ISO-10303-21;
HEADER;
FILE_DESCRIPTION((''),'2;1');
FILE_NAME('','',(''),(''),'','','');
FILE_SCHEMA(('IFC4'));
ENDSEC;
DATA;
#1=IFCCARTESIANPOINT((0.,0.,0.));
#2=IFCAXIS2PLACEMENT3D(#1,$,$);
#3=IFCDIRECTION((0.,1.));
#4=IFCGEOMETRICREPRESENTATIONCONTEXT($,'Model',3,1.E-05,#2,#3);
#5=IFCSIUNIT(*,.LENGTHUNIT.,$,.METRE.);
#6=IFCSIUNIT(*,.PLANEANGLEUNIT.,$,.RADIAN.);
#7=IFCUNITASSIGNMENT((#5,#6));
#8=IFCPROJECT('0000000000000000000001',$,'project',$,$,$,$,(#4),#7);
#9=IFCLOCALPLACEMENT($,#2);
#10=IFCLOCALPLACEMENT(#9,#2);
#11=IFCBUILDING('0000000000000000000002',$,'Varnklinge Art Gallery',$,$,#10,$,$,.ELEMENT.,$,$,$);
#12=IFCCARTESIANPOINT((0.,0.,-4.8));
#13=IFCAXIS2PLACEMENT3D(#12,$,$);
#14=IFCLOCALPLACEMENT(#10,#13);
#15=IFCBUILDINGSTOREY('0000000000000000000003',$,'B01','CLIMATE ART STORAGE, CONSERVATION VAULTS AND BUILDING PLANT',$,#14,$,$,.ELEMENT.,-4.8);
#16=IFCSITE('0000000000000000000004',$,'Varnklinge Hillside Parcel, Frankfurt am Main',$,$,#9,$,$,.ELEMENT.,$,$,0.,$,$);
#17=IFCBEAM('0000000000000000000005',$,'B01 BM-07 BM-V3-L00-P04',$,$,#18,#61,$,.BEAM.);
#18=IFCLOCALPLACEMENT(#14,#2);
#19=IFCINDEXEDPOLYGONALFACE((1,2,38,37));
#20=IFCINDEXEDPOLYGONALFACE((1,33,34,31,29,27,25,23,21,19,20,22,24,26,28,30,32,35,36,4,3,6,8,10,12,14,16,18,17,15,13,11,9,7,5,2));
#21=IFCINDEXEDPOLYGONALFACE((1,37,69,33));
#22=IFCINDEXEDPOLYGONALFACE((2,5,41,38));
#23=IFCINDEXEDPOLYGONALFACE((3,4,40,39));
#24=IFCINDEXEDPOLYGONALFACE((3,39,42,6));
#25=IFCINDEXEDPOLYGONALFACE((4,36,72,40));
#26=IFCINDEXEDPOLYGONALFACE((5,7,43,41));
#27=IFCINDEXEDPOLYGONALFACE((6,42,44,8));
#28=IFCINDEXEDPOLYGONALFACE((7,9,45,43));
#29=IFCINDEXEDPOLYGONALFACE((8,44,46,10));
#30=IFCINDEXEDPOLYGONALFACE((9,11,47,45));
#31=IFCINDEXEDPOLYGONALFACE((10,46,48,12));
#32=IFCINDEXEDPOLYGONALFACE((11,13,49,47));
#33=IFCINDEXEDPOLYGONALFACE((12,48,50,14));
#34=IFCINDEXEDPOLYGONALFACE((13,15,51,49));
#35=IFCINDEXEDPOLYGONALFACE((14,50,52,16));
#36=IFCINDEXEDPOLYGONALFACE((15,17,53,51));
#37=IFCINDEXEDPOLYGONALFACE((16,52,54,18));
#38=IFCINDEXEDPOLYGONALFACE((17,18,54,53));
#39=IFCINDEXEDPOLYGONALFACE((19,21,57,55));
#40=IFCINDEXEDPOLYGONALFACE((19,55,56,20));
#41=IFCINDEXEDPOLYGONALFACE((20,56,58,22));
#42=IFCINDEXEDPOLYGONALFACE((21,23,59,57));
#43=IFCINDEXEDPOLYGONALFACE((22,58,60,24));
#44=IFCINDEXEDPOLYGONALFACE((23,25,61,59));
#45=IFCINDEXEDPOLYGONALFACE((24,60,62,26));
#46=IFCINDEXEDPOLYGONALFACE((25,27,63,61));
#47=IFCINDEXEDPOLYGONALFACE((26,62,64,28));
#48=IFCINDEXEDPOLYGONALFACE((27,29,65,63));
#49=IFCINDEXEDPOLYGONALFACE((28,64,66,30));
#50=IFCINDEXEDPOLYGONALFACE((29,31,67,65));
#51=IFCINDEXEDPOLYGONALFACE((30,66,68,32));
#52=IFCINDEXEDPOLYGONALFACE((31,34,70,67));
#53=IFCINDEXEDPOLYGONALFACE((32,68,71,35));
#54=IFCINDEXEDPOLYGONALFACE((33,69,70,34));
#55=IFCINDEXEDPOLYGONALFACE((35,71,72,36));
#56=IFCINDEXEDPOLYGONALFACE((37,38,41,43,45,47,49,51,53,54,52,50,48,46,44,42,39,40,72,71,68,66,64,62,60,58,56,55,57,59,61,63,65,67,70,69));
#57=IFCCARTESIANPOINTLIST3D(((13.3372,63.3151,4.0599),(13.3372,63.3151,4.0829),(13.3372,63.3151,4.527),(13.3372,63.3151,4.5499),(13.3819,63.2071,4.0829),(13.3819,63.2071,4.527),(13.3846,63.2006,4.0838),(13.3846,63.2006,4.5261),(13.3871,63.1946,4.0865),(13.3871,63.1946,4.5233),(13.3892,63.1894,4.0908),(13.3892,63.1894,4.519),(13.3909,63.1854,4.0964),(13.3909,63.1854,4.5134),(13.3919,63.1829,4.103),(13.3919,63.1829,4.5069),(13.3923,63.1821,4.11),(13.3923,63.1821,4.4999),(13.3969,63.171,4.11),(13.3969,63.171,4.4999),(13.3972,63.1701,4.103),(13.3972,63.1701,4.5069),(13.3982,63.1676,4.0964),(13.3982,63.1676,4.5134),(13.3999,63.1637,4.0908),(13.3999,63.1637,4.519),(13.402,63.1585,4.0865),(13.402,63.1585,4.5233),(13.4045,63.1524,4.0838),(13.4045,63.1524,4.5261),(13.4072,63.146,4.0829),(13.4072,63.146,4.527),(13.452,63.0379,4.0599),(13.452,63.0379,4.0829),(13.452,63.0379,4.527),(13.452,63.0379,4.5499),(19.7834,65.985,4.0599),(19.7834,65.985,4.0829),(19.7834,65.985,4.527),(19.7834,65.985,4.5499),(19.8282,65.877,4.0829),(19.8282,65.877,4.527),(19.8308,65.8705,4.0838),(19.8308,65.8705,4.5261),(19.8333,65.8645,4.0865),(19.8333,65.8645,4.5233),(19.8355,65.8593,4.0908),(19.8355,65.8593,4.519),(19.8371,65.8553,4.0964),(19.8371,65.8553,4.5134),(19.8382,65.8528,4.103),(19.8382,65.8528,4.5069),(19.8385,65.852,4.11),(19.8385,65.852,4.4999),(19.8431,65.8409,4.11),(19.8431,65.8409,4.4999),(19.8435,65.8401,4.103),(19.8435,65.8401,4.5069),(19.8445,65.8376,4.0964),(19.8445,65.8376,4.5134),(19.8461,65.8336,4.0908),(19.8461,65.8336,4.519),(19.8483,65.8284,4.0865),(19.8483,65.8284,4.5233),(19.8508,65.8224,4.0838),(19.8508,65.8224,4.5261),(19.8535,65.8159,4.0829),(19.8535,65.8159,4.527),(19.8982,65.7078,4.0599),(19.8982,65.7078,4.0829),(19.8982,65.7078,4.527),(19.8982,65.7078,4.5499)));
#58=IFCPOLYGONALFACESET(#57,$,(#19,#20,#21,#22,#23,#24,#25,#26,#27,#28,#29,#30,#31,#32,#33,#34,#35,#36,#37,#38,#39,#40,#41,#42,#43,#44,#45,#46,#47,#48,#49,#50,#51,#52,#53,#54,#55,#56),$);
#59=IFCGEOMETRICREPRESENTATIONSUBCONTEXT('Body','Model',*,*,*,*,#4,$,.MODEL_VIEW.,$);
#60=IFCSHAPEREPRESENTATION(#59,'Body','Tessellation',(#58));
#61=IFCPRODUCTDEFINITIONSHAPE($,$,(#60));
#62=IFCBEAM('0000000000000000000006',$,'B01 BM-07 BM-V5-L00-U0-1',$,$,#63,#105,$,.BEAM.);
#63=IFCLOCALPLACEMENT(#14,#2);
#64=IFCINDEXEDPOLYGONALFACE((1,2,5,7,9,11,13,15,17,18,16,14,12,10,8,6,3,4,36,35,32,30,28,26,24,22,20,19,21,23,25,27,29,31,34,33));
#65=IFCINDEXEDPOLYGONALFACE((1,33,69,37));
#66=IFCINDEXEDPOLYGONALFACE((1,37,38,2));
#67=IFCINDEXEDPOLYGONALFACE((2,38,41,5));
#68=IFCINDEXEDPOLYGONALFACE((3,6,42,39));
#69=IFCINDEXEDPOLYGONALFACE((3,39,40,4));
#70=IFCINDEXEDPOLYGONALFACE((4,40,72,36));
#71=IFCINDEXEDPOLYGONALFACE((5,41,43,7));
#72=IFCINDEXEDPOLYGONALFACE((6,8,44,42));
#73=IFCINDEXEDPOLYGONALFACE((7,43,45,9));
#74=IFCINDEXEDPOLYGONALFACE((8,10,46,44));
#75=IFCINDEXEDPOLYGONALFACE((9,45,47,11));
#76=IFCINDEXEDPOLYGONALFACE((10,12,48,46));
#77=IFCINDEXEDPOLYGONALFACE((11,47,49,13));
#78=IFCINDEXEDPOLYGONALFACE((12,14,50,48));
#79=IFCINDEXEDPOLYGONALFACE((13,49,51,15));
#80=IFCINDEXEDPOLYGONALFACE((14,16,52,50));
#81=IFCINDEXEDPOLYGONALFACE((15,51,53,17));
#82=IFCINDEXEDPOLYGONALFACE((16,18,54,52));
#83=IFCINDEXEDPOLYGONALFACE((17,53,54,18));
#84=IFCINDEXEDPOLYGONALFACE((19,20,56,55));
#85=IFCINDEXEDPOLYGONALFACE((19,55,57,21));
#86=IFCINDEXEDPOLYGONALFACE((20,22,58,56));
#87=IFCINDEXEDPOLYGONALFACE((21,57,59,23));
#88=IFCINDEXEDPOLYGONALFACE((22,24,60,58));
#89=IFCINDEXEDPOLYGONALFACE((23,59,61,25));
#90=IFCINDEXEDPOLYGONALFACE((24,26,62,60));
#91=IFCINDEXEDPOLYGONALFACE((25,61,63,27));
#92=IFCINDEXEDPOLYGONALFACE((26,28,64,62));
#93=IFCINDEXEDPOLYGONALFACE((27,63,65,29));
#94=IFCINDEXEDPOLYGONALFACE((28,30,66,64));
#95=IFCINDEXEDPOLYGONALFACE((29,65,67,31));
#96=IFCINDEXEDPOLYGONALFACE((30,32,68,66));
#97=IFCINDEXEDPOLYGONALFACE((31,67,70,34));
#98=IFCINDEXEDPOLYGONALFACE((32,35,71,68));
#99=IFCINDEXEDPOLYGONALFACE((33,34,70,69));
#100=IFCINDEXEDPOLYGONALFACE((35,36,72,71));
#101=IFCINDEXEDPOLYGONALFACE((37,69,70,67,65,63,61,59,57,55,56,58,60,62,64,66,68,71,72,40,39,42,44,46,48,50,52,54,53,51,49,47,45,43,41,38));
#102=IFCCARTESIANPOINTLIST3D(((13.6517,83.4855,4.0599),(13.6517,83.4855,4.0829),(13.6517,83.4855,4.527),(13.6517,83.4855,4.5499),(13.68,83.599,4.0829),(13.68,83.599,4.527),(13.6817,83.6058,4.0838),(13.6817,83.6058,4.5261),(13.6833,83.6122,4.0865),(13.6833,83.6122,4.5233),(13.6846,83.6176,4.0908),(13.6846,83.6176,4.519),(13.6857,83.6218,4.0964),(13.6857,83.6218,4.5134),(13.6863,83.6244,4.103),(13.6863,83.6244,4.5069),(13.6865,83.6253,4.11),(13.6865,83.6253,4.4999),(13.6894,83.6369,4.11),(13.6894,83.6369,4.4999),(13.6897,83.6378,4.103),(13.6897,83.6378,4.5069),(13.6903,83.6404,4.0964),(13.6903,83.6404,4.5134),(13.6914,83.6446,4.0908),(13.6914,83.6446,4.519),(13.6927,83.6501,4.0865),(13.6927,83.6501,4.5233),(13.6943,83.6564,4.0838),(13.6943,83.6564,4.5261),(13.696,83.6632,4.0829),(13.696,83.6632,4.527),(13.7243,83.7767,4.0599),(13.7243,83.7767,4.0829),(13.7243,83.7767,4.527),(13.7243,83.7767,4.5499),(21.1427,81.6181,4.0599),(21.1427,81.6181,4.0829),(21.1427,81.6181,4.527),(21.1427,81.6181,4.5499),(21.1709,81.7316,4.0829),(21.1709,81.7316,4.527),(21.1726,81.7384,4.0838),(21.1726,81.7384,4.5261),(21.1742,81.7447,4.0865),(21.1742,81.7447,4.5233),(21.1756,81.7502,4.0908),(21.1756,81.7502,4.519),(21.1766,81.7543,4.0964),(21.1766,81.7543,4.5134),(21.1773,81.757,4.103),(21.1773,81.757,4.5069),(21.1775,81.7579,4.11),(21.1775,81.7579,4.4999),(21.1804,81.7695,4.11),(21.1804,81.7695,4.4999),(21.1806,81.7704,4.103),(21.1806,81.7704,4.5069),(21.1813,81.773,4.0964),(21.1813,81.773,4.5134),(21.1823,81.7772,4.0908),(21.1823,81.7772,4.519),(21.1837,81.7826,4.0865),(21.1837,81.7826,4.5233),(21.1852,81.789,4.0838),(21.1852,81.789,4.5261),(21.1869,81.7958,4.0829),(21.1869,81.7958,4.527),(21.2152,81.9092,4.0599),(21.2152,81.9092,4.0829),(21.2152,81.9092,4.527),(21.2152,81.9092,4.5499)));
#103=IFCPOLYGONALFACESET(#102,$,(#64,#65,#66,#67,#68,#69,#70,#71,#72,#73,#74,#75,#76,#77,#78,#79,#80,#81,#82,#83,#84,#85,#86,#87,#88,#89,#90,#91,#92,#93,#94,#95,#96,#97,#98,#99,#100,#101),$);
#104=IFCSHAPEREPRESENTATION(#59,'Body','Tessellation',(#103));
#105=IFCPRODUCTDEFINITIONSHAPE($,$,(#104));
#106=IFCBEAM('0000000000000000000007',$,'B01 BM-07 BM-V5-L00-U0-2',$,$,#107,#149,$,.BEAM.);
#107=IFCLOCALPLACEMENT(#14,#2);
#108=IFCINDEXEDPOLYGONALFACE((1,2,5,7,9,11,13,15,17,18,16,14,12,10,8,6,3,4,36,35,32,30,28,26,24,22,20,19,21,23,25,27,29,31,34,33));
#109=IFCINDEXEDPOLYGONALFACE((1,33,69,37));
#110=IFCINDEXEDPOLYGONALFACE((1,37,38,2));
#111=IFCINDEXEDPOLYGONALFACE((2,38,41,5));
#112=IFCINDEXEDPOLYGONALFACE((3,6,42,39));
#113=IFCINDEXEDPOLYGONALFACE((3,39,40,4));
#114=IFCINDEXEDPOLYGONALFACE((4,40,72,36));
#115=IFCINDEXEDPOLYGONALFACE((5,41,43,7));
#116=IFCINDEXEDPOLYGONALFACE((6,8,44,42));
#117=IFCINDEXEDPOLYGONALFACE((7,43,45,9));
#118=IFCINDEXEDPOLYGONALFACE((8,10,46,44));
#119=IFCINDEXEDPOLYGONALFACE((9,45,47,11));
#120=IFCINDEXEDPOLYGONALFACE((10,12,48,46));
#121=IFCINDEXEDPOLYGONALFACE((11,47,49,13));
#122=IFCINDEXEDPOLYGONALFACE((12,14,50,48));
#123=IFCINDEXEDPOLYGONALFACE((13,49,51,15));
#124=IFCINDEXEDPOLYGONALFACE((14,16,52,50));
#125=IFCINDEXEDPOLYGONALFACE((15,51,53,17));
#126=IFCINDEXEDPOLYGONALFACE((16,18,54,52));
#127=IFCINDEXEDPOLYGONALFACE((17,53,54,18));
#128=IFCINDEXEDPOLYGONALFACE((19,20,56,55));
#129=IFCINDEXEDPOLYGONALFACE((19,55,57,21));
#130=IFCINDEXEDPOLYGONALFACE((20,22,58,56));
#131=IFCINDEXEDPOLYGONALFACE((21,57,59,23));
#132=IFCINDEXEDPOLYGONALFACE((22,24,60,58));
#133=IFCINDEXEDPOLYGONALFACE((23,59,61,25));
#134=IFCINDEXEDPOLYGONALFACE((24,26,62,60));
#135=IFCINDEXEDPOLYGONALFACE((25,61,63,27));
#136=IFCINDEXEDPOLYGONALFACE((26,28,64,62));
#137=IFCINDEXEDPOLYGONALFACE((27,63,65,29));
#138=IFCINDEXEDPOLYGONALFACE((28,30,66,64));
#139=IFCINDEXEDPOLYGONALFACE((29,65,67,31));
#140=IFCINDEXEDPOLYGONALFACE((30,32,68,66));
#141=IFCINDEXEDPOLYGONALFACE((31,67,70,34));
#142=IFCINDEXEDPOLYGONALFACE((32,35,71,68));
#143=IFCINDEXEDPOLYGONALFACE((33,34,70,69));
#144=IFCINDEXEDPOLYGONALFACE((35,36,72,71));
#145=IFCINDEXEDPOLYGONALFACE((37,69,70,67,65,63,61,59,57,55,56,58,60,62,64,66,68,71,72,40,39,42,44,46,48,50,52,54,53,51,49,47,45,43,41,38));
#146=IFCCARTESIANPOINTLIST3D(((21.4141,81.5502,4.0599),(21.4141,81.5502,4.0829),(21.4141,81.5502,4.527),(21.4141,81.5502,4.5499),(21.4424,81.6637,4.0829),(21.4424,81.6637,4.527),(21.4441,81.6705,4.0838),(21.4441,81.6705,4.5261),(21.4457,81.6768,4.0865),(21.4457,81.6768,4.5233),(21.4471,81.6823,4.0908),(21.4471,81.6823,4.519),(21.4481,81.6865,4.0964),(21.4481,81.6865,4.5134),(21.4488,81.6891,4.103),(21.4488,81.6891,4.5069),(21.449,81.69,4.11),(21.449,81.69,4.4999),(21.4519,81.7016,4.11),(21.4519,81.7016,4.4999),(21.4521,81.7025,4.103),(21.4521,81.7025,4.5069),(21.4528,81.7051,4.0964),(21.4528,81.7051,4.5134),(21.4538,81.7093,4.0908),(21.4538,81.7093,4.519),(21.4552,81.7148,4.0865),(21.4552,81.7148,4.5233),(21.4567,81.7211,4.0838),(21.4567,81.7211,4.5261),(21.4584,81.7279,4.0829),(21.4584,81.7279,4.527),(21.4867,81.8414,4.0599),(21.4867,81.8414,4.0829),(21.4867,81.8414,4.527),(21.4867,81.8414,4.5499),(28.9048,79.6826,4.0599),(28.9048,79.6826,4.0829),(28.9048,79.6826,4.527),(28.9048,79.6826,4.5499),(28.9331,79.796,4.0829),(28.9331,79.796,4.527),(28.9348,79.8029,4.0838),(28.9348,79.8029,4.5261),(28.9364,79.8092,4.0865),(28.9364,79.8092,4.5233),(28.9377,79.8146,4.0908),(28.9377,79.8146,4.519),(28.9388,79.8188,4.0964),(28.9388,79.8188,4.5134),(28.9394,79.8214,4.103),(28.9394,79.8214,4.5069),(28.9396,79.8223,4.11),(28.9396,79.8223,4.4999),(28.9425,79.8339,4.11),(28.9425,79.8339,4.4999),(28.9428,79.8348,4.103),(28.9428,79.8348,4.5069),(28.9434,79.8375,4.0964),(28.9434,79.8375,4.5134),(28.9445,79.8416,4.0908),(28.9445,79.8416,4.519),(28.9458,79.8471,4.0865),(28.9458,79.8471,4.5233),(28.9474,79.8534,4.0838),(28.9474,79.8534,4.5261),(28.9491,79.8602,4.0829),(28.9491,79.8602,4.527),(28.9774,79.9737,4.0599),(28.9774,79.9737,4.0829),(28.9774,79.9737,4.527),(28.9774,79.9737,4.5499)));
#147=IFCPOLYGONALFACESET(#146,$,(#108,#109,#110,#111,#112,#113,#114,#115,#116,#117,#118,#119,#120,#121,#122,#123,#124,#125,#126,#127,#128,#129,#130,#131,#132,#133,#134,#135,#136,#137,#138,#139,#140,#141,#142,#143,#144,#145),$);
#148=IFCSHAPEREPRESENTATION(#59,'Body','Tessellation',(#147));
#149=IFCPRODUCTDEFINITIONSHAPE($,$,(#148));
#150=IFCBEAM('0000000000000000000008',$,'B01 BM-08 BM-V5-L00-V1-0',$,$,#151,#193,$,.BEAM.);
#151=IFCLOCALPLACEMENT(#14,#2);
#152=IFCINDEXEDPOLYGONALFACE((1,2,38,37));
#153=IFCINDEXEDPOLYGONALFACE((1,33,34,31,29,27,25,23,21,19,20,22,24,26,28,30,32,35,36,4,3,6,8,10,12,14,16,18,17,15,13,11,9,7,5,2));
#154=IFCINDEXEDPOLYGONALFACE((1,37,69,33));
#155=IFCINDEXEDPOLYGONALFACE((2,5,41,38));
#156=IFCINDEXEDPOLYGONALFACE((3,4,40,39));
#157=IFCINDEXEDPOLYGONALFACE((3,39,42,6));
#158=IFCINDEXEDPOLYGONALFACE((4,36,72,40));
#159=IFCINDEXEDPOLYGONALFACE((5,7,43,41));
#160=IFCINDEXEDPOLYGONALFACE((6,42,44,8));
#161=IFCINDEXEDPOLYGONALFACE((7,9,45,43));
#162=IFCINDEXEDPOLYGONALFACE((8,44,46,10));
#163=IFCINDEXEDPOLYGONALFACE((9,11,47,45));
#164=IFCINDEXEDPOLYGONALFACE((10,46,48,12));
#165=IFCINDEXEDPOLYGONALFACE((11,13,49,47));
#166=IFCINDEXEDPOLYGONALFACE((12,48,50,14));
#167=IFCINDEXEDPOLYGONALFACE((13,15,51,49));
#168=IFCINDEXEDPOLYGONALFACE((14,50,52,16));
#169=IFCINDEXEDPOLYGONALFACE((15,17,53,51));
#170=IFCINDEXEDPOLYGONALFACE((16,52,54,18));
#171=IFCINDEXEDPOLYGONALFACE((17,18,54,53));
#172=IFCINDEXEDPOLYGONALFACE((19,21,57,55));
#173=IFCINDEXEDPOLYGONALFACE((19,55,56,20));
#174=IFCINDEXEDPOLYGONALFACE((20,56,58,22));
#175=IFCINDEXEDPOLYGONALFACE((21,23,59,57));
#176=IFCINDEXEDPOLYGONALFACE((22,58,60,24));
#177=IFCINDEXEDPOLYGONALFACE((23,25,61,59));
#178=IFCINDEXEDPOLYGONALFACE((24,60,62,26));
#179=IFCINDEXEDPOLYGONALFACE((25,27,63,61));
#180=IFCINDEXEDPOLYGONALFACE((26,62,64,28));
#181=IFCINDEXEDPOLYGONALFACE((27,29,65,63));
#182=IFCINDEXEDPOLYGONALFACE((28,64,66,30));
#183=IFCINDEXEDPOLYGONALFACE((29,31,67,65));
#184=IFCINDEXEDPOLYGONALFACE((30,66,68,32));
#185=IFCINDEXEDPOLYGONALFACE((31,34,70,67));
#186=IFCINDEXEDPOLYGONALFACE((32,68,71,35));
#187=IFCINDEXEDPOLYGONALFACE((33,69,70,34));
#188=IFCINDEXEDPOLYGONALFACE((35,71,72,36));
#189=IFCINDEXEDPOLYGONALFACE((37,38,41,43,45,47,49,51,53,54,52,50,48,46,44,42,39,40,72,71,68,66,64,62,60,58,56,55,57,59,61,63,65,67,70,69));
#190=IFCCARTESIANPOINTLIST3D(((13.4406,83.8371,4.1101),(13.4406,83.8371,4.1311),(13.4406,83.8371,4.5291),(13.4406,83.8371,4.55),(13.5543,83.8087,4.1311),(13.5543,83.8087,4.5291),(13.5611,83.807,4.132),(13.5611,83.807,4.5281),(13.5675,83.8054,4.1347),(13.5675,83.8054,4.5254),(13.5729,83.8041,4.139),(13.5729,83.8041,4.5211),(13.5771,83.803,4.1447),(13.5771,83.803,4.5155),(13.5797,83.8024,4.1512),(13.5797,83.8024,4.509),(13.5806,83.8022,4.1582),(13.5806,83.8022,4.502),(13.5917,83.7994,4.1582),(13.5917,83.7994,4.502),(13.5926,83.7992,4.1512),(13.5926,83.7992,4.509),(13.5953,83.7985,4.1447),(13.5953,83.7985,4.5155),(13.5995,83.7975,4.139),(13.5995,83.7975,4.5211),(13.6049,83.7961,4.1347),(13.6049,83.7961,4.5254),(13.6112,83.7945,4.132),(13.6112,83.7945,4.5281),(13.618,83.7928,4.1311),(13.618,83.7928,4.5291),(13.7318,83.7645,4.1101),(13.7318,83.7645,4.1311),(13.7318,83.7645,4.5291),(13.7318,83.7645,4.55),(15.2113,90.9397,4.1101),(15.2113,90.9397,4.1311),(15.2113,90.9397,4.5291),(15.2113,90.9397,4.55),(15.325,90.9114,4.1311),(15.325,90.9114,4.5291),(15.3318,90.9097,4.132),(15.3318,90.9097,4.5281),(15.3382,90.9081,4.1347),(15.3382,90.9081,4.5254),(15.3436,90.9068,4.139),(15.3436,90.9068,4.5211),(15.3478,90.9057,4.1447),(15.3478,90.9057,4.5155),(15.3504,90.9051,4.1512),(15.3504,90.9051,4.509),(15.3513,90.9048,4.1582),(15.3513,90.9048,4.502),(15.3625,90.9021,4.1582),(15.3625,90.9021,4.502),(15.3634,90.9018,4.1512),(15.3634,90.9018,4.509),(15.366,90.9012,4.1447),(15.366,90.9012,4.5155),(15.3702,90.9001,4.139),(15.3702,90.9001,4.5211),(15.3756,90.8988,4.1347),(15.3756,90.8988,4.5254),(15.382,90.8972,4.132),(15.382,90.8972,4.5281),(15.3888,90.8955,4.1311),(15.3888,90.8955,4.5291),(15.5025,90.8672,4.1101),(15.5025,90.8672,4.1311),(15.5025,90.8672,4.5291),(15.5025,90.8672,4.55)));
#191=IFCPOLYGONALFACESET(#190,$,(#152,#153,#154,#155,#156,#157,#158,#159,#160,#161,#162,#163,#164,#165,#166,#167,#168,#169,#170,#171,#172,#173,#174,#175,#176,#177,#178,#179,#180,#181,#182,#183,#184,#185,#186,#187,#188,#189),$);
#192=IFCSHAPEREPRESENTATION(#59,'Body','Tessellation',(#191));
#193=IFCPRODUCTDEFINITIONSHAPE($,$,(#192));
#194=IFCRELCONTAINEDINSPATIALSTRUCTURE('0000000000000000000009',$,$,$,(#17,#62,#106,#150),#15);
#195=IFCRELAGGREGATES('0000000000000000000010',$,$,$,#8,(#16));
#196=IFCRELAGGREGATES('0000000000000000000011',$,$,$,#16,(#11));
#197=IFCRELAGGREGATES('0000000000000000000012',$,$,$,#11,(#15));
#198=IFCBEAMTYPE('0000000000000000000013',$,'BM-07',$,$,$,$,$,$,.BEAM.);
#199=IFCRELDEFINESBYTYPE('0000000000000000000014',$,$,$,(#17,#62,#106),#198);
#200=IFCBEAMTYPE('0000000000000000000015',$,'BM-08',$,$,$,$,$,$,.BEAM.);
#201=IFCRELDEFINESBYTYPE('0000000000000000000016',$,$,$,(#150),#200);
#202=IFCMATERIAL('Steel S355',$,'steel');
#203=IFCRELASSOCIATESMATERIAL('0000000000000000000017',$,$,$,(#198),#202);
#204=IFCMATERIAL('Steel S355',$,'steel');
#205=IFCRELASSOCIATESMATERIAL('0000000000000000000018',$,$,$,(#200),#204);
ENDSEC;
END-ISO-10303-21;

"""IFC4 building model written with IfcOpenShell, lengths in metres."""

from ifc_helpers import new_model, si_unit, direction, frame, origin, origin_2d, place, context, subcontext, project, spatial, i_section, extrude, material, material_profile, profile_set, type_object, element, save


model = new_model("IFC4")

# Units and contexts
model_context = context("Model", 3, precision=1e-05, world=origin(), true_north=direction((0.0, 1.0)))
body_context = subcontext(model_context, "Body", "Model", "MODEL_VIEW")
ifc_project = project(units=[si_unit("LENGTHUNIT", "METRE"), si_unit("PLANEANGLEUNIT", "RADIAN")], contexts=[model_context])

# Site, building, storey
site_placement = place(None, origin())
site = spatial("IfcSite", under=ifc_project, at=site_placement, Name="Varnklinge Hillside Parcel, Frankfurt am Main", CompositionType="ELEMENT", RefElevation=0.0)
building_placement = place(site_placement, origin())
building = spatial("IfcBuilding", under=site, at=building_placement, Name="Varnklinge Art Gallery", CompositionType="ELEMENT")
storey_placement = place(building_placement, frame((0.0, 0.0, -4.8)))
storey = spatial("IfcBuildingStorey", under=building, at=storey_placement, Name="B01", Description="CLIMATE ART STORAGE, CONSERVATION VAULTS AND BUILDING PLANT", CompositionType="ELEMENT", Elevation=-4.8)

# Beams
ifc_material_1 = material(Name="Steel S355", Category="steel")
ifc_material_profile_1 = material_profile(ifc_material_1, i_section(OverallWidth=0.3, OverallDepth=0.49, WebThickness=0.012, FlangeThickness=0.0229, FilletRadius=0.0271, at=origin_2d()), Name="HEA 500")
ifc_profile_set_1 = profile_set([ifc_material_profile_1], Name="Steel S355")
beam_type_1 = type_object("IfcBeamType", Name="BM-07", PredefinedType="BEAM", material=ifc_profile_set_1)
beam_1_placement = place(storey_placement, frame((19.8408, 65.8464, 4.3049), z_axis=(-0.923891, -0.382657, 0.0), x_axis=(0.382657, -0.923891, 0.0)))
element("IfcBeam", 1, at=beam_1_placement, inside=storey, type_object=beam_type_1, Name="B01 BM-07 BM-V3-L00-P04", PredefinedType="BEAM", context=body_context, shape_type="SweptSolid", body=[
    extrude(i_section(OverallWidth=0.3, OverallDepth=0.49, WebThickness=0.012, FlangeThickness=0.0229, FilletRadius=0.0271, at=origin_2d()), origin(), (0.0, 0.0, 1.0), 6.9773),
])
beam_2_placement = place(storey_placement, frame((13.688, 83.6311, 4.3049), z_axis=(0.970304, -0.241888, 0.0), x_axis=(0.241888, 0.970304, 0.0)))
element("IfcBeam", 2, at=beam_2_placement, inside=storey, type_object=beam_type_1, Name="B01 BM-07 BM-V5-L00-U0-1", PredefinedType="BEAM", context=body_context, shape_type="SweptSolid", body=[
    extrude(i_section(OverallWidth=0.3, OverallDepth=0.49, WebThickness=0.012, FlangeThickness=0.0229, FilletRadius=0.0271, at=origin_2d()), origin(), (0.0, 0.0, 1.0), 7.7202),
])
beam_3_placement = place(storey_placement, frame((21.4504, 81.6958, 4.3049), z_axis=(0.970295, -0.241925, 0.0), x_axis=(0.241925, 0.970295, 0.0)))
element("IfcBeam", 3, at=beam_3_placement, inside=storey, type_object=beam_type_1, Name="B01 BM-07 BM-V5-L00-U0-2", PredefinedType="BEAM", context=body_context, shape_type="SweptSolid", body=[
    extrude(i_section(OverallWidth=0.3, OverallDepth=0.49, WebThickness=0.012, FlangeThickness=0.0229, FilletRadius=0.0271, at=origin_2d()), origin(), (0.0, 0.0, 1.0), 7.72),
])
ifc_material_2 = material(Name="Steel S355", Category="steel")
ifc_material_profile_2 = material_profile(ifc_material_2, i_section(OverallWidth=0.3, OverallDepth=0.4399, WebThickness=0.0115, FlangeThickness=0.021, FilletRadius=0.0271, at=origin_2d()), Name="HEA 450")
ifc_profile_set_2 = profile_set([ifc_material_profile_2], Name="Steel S355")
beam_type_2 = type_object("IfcBeamType", Name="BM-08", PredefinedType="BEAM", material=ifc_profile_set_2)
for number, where, z_axis, x_axis, name in (
    (4, (13.5862, 83.8008, 4.3301), (0.2419, 0.970301, 0.0), (-0.970301, 0.2419, 0.0), "B01 BM-08 BM-V5-L00-V1-0"),
):
    element("IfcBeam", number, at=place(storey_placement, frame(where, z_axis=z_axis, x_axis=x_axis)), inside=storey, type_object=beam_type_2, Name=name, PredefinedType="BEAM", context=body_context, shape_type="SweptSolid", body=[
        extrude(i_section(OverallWidth=0.3, OverallDepth=0.4399, WebThickness=0.0115, FlangeThickness=0.021, FilletRadius=0.0271, at=origin_2d()), origin(), (0.0, 0.0, 1.0), 7.3201),
    ])

save(model, "model.ifc")
